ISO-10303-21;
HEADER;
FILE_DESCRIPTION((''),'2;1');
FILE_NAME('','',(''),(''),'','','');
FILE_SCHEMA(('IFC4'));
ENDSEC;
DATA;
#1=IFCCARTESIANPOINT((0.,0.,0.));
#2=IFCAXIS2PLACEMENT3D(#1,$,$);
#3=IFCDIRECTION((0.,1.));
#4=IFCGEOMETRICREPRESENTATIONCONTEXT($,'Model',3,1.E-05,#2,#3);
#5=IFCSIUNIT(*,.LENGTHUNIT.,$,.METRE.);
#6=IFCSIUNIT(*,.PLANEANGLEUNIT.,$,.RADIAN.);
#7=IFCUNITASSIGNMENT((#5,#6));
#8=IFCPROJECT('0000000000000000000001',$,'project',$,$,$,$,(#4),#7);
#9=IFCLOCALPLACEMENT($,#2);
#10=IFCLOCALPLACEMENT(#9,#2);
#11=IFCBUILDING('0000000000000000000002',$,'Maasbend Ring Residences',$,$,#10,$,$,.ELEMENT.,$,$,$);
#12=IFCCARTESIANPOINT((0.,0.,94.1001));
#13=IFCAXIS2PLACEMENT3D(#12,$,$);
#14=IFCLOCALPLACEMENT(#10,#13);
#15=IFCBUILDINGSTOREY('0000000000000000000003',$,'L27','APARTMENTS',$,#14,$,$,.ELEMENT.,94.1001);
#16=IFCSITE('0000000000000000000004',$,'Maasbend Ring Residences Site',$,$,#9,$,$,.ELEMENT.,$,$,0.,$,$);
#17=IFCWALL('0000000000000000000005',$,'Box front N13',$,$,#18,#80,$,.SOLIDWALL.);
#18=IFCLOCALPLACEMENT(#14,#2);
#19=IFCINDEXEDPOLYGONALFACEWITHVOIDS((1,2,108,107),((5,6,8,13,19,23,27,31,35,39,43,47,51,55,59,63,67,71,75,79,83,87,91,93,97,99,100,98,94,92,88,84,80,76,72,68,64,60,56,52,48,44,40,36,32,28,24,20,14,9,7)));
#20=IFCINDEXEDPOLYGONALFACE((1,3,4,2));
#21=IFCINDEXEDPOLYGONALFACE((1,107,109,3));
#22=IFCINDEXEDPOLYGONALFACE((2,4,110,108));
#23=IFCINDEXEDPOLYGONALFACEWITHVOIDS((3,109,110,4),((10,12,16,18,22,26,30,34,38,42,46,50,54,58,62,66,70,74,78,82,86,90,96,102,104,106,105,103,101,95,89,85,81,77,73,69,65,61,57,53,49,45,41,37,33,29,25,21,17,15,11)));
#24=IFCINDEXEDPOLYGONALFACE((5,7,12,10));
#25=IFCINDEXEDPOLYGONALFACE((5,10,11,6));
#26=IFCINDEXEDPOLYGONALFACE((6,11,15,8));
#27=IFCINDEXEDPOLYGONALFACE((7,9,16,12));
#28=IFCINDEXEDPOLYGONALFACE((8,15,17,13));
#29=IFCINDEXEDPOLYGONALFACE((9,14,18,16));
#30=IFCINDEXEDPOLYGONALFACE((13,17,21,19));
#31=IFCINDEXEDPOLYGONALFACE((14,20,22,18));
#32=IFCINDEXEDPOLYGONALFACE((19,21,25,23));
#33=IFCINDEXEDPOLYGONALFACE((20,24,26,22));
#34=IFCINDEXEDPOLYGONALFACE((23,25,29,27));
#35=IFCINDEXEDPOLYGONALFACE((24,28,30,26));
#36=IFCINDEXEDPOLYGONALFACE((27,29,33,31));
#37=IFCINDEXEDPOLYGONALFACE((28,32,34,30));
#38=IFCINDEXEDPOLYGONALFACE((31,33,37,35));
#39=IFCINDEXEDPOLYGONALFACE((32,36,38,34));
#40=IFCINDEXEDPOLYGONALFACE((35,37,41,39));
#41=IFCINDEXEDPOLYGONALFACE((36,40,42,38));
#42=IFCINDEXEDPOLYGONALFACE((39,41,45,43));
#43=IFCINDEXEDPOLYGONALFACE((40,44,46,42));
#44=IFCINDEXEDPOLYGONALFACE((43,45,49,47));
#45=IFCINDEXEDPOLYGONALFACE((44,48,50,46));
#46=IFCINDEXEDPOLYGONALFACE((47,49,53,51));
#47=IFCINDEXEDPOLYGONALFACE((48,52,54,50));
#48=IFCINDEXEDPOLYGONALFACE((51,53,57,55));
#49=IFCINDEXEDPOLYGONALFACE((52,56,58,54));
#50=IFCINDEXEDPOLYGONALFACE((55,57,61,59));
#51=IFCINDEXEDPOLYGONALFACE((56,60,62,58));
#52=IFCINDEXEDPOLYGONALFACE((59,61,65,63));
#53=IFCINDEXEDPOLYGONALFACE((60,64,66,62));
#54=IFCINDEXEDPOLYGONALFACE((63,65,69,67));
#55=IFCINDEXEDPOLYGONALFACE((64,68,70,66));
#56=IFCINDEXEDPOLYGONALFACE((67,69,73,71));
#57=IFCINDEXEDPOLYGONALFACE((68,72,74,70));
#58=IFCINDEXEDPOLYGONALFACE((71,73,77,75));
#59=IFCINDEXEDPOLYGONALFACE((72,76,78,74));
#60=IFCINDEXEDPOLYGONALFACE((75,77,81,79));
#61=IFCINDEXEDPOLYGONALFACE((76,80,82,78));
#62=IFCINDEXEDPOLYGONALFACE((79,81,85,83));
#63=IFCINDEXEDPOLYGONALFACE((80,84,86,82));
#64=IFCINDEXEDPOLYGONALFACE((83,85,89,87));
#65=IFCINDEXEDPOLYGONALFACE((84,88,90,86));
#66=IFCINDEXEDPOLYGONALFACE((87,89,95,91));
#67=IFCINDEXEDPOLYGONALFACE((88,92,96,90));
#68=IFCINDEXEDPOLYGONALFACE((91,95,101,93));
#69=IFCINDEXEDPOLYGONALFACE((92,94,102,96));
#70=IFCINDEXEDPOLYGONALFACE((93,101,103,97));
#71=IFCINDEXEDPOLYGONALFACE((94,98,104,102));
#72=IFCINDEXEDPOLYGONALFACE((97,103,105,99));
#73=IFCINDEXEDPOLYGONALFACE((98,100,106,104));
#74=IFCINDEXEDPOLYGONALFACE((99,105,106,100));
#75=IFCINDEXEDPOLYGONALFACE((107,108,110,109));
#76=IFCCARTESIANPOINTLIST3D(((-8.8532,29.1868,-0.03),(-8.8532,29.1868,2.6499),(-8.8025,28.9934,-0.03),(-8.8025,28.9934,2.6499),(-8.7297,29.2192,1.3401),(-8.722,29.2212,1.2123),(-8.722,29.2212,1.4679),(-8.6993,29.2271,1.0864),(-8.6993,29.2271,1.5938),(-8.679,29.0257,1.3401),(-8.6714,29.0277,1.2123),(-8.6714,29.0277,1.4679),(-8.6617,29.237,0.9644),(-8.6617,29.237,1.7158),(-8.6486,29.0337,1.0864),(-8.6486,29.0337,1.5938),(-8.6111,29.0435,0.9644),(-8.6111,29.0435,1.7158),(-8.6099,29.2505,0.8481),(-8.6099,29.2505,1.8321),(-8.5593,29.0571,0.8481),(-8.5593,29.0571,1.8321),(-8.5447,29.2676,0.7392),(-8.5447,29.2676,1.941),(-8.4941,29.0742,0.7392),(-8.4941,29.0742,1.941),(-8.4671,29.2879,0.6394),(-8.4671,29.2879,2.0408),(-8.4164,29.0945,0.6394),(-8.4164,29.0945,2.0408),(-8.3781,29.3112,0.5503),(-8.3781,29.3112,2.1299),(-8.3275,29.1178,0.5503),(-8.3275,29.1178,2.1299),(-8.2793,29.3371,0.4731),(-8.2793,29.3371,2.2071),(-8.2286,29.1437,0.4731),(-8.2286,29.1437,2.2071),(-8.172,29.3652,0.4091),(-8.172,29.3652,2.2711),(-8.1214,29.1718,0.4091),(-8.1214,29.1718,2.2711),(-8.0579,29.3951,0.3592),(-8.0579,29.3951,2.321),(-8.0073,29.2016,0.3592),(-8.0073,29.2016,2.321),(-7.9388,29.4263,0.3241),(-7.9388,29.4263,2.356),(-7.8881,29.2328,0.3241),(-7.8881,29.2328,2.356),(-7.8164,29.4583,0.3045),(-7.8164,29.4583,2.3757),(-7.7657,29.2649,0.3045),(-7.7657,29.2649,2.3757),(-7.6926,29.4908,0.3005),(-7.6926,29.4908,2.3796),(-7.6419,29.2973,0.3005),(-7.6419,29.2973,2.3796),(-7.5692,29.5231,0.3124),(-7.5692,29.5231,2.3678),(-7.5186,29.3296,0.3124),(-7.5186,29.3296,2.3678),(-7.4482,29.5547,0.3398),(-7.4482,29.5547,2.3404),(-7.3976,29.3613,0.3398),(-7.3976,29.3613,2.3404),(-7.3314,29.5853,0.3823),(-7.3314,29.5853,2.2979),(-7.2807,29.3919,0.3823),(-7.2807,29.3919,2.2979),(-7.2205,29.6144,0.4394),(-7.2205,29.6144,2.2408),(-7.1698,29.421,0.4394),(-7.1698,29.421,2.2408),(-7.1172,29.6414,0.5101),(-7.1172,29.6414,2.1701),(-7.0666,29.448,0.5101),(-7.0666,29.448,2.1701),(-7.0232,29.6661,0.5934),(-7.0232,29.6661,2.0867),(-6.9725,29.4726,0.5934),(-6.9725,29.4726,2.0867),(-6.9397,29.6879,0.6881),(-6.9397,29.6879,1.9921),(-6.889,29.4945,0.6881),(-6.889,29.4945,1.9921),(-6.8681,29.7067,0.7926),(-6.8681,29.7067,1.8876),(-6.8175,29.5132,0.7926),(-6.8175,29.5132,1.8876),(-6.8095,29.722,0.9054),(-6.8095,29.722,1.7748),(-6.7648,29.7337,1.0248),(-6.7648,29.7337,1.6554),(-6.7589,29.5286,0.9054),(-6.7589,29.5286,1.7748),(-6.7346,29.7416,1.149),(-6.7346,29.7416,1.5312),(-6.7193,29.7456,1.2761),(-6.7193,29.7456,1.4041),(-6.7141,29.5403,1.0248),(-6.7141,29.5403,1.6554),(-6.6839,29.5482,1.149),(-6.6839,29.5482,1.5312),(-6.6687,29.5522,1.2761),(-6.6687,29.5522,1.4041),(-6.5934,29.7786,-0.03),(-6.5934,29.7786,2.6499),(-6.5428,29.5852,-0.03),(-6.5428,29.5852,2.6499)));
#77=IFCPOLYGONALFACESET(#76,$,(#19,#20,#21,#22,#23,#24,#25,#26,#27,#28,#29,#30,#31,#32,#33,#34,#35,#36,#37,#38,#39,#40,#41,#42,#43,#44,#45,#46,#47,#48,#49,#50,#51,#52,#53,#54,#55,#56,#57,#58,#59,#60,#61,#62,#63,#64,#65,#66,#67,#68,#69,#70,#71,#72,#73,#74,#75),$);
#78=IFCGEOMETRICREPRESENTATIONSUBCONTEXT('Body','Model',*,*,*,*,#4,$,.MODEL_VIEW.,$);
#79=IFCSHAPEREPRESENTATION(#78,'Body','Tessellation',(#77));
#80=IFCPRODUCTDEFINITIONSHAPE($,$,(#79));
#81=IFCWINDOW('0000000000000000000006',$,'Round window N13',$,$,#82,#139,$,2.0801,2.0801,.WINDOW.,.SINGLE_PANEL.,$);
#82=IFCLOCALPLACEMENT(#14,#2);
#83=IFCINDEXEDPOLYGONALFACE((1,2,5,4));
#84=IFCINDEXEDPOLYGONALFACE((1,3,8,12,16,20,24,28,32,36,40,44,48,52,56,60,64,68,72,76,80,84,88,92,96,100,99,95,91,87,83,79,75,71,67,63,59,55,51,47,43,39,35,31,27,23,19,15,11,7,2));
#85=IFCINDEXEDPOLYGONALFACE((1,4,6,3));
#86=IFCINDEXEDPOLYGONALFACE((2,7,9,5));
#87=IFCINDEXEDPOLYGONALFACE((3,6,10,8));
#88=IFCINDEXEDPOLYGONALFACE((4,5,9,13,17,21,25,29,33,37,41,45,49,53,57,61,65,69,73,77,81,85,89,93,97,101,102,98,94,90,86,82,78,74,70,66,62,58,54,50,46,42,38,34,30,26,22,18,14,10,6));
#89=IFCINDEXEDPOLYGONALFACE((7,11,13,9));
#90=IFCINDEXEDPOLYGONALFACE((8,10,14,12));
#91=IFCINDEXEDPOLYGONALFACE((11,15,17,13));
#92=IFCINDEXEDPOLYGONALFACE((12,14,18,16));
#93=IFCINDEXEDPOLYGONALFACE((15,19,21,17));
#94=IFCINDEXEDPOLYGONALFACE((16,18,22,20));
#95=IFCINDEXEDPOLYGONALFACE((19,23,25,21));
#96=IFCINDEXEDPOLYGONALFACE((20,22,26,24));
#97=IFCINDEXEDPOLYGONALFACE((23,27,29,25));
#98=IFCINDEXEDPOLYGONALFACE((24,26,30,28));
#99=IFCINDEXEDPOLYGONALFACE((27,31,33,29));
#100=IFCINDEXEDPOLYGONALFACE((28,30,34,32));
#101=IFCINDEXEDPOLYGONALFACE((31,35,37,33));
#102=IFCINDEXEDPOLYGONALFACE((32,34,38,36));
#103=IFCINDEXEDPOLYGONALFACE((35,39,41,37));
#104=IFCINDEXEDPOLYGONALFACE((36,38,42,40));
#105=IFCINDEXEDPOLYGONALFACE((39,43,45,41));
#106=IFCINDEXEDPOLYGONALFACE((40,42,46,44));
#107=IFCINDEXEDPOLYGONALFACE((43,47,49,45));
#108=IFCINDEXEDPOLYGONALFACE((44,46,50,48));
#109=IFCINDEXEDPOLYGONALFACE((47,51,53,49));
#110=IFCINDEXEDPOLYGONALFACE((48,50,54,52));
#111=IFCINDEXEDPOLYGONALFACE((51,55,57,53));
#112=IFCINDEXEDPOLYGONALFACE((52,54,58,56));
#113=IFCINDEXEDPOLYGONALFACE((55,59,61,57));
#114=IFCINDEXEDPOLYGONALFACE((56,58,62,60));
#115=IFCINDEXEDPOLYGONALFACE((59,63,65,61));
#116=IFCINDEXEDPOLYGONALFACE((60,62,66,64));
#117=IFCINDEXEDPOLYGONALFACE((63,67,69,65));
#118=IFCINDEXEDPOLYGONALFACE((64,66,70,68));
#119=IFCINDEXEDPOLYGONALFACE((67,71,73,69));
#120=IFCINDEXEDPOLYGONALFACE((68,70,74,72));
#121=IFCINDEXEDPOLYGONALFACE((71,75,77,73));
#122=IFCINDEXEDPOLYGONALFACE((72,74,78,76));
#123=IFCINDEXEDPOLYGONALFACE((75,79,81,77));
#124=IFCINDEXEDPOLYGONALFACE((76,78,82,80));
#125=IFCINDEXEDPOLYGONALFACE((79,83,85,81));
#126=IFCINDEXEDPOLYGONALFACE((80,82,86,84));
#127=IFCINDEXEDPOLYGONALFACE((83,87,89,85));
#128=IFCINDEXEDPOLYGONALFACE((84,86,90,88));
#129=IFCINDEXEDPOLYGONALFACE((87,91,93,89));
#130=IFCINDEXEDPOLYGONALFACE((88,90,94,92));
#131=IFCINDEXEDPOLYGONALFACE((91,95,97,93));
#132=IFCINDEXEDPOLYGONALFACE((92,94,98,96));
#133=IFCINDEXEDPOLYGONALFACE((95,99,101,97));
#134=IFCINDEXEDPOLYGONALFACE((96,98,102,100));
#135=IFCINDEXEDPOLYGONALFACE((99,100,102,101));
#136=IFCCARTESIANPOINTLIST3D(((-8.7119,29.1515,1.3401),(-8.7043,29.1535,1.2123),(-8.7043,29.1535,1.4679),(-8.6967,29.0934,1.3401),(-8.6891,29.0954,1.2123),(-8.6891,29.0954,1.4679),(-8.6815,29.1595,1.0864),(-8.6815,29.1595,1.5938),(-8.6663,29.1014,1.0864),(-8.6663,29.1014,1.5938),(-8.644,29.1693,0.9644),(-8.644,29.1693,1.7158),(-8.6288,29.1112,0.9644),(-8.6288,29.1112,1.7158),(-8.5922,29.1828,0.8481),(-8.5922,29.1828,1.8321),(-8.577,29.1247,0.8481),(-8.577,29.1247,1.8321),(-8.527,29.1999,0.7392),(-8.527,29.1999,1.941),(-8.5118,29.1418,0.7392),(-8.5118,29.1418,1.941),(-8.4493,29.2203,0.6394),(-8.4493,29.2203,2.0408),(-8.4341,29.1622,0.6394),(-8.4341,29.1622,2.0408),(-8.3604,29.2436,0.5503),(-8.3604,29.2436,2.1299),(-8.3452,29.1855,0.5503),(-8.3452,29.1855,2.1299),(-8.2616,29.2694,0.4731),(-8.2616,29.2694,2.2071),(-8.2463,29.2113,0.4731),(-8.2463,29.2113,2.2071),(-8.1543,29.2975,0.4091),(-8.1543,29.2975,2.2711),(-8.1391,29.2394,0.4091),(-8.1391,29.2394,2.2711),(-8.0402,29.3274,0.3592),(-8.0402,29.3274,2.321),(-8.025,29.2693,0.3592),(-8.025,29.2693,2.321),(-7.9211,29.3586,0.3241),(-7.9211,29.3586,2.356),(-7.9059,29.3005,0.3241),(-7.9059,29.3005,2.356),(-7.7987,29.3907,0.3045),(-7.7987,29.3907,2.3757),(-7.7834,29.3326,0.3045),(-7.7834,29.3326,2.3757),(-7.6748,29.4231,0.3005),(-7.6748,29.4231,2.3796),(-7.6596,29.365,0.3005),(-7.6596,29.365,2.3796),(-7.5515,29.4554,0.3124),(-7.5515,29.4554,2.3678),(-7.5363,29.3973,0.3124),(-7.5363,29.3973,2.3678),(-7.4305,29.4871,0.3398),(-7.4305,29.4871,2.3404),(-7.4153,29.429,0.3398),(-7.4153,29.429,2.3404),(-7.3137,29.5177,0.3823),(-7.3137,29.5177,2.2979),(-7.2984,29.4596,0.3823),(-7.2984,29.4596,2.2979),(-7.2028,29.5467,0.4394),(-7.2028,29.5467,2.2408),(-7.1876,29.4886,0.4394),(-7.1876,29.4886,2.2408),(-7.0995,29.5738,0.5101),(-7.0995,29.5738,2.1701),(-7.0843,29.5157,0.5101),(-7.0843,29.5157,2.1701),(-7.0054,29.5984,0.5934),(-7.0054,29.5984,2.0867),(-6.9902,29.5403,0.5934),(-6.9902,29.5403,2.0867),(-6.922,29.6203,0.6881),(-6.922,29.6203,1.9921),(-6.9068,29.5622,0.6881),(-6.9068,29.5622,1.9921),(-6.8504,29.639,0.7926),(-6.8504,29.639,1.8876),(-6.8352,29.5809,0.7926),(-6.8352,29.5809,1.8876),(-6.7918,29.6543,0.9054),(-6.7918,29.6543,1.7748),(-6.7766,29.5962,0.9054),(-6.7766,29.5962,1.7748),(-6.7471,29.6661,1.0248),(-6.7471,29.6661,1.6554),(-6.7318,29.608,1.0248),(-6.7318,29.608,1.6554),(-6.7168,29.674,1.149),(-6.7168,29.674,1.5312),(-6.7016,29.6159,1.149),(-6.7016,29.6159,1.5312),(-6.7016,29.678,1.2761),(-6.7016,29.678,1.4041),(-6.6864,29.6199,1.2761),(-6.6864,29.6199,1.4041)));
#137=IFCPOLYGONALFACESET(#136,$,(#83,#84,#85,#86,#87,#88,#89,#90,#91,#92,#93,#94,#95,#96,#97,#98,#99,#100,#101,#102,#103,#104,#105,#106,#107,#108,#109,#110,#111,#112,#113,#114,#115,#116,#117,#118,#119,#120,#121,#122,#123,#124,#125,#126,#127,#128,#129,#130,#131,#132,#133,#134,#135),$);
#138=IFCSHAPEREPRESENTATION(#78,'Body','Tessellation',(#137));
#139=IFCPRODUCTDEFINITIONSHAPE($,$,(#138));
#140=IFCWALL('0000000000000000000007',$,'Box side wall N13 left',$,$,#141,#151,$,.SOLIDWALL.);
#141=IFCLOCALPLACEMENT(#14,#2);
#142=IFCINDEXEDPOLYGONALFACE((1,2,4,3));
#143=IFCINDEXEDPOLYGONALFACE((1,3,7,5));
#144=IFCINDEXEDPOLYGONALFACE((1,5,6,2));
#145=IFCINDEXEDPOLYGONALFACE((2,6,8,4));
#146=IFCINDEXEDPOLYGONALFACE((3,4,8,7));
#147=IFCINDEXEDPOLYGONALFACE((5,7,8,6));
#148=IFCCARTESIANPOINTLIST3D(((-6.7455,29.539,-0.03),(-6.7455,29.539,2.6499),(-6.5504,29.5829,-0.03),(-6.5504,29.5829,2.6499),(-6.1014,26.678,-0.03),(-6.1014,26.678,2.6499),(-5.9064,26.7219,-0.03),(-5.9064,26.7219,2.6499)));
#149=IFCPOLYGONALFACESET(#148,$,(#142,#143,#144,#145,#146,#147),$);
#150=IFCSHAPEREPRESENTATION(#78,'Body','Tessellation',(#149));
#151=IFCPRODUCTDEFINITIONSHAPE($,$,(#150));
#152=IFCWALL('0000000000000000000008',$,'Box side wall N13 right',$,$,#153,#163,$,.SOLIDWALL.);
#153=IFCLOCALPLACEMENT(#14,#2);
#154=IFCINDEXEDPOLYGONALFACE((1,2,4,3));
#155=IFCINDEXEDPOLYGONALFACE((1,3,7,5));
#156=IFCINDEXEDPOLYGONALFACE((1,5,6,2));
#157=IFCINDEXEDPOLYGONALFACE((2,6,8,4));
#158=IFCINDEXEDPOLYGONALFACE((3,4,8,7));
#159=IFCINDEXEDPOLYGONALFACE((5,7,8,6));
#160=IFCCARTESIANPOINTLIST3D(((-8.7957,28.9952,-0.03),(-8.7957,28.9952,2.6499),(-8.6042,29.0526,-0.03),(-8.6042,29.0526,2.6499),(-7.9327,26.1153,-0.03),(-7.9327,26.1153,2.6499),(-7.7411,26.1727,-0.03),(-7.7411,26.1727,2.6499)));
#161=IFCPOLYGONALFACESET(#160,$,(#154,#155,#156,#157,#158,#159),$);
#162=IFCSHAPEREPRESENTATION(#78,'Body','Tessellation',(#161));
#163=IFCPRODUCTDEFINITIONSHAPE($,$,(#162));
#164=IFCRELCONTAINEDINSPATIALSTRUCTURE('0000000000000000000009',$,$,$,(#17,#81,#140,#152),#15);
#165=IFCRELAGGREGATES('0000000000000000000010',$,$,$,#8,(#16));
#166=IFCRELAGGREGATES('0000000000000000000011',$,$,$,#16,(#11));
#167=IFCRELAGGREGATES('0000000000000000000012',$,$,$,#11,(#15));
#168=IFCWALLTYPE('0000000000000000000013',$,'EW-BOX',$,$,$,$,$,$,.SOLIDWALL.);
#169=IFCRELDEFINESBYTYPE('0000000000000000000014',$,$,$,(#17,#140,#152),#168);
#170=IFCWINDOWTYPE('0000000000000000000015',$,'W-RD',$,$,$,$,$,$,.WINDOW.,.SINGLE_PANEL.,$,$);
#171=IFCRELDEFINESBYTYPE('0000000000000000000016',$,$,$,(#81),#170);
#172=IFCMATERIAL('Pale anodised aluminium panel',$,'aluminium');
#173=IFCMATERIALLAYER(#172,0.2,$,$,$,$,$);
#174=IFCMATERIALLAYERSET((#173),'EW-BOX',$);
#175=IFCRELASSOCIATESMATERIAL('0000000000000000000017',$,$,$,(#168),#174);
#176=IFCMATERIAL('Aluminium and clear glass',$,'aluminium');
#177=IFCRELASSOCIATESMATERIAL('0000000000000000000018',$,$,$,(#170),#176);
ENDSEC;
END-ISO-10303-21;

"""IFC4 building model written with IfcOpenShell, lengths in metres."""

from ifc_helpers import new_model, si_unit, direction, frame, frame_2d, origin, place, context, subcontext, project, spatial, rectangle, circle, extrude, material, layer, layer_set, type_object, element, fill, save


model = new_model("IFC4")

# Units and contexts
model_context = context("Model", 3, precision=1e-05, world=origin(), true_north=direction((0.0, 1.0)))
body_context = subcontext(model_context, "Body", "Model", "MODEL_VIEW")
ifc_project = project(units=[si_unit("LENGTHUNIT", "METRE"), si_unit("PLANEANGLEUNIT", "RADIAN")], contexts=[model_context])

# Site, building, storey
site_placement = place(None, origin())
site = spatial("IfcSite", under=ifc_project, at=site_placement, Name="Maasbend Ring Residences Site", CompositionType="ELEMENT", RefElevation=0.0)
building_placement = place(site_placement, origin())
building = spatial("IfcBuilding", under=site, at=building_placement, Name="Maasbend Ring Residences", CompositionType="ELEMENT")
storey_placement = place(building_placement, frame((0.0, 0.0, 94.1001)))
storey = spatial("IfcBuildingStorey", under=building, at=storey_placement, Name="L27", Description="APARTMENTS", CompositionType="ELEMENT", Elevation=94.1001)

# Shared definitions
ifc_material_1 = material(Name="Pale anodised aluminium panel", Category="aluminium")
ifc_layer_1 = layer(ifc_material_1, 0.2)
ifc_layer_set_1 = layer_set([ifc_layer_1], Name="EW-BOX")
wall_type_1 = type_object("IfcWallType", Name="EW-BOX", PredefinedType="SOLIDWALL", material=ifc_layer_set_1)

# Wall, opening, window
wall_1_placement = place(storey_placement, frame((-6.5681, 29.6819, -0.03), z_axis=(0.0, 0.0, 1.0), x_axis=(-0.967377, -0.253341, 0.0)))
wall_1 = element("IfcWall", 1, at=wall_1_placement, inside=storey, type_object=wall_type_1, Name="Box front N13", PredefinedType="SOLIDWALL", context=body_context, shape_type="SweptSolid", body=[
    extrude(rectangle(XDim=2.3359, YDim=0.2, at=frame_2d((1.168, 0.0))), origin(), (0.0, 0.0, 1.0), 2.6799),
])
opening_1_placement = place(wall_1_placement, frame((0.1282, 0.0, 0.3301)))
opening_1 = element("IfcOpeningElement", 2, at=opening_1_placement, cuts=wall_1, PredefinedType="OPENING", context=body_context, shape_type="SweptSolid", body=[
    extrude(circle(Radius=1.04, at=frame_2d((1.04, 1.04))), frame((0.0, 0.1099, 0.0), z_axis=(0.0, -1.0, 0.0), x_axis=(1.0, 0.0, 0.0)), (0.0, 0.0, 1.0), 0.22),
])
ifc_material_2 = material(Name="Aluminium and clear glass", Category="aluminium")
window_type_1 = type_object("IfcWindowType", Name="W-RD", PartitioningType="SINGLE_PANEL", PredefinedType="WINDOW", material=ifc_material_2)
window_1_placement = place(opening_1_placement, origin())
window_1 = element("IfcWindow", 3, at=window_1_placement, inside=storey, type_object=window_type_1, Name="Round window N13", OverallHeight=2.0801, OverallWidth=2.0801, PartitioningType="SINGLE_PANEL", PredefinedType="WINDOW", context=body_context, shape_type="SweptSolid", body=[
    extrude(circle(Radius=1.04, at=frame_2d((1.04, 1.04))), frame((0.0, 0.03, 0.0), z_axis=(0.0, -1.0, 0.0), x_axis=(1.0, 0.0, 0.0)), (0.0, 0.0, 1.0), 0.0601),
])
fill(opening_1, window_1)

# Walls
wall_2_placement = place(storey_placement, frame((-6.0039, 26.7, -0.03), z_axis=(0.0, 0.0, 1.0), x_axis=(-0.219609, 0.975588, 0.0)))
element("IfcWall", 4, at=wall_2_placement, inside=storey, type_object=wall_type_1, Name="Box side wall N13 left", PredefinedType="SOLIDWALL", context=body_context, shape_type="SweptSolid", body=[
    extrude(rectangle(XDim=2.9326, YDim=0.2, at=frame_2d((1.4663, 0.0))), origin(), (0.0, 0.0, 1.0), 2.6799),
])
wall_3_placement = place(storey_placement, frame((-7.8369, 26.144, -0.03), z_axis=(0.0, 0.0, 1.0), x_axis=(-0.287065, 0.957911, 0.0)))
element("IfcWall", 5, at=wall_3_placement, inside=storey, type_object=wall_type_1, Name="Box side wall N13 right", PredefinedType="SOLIDWALL", context=body_context, shape_type="SweptSolid", body=[
    extrude(rectangle(XDim=3.0063, YDim=0.2, at=frame_2d((1.5032, 0.0))), origin(), (0.0, 0.0, 1.0), 2.6799),
])

save(model, "model.ifc")
